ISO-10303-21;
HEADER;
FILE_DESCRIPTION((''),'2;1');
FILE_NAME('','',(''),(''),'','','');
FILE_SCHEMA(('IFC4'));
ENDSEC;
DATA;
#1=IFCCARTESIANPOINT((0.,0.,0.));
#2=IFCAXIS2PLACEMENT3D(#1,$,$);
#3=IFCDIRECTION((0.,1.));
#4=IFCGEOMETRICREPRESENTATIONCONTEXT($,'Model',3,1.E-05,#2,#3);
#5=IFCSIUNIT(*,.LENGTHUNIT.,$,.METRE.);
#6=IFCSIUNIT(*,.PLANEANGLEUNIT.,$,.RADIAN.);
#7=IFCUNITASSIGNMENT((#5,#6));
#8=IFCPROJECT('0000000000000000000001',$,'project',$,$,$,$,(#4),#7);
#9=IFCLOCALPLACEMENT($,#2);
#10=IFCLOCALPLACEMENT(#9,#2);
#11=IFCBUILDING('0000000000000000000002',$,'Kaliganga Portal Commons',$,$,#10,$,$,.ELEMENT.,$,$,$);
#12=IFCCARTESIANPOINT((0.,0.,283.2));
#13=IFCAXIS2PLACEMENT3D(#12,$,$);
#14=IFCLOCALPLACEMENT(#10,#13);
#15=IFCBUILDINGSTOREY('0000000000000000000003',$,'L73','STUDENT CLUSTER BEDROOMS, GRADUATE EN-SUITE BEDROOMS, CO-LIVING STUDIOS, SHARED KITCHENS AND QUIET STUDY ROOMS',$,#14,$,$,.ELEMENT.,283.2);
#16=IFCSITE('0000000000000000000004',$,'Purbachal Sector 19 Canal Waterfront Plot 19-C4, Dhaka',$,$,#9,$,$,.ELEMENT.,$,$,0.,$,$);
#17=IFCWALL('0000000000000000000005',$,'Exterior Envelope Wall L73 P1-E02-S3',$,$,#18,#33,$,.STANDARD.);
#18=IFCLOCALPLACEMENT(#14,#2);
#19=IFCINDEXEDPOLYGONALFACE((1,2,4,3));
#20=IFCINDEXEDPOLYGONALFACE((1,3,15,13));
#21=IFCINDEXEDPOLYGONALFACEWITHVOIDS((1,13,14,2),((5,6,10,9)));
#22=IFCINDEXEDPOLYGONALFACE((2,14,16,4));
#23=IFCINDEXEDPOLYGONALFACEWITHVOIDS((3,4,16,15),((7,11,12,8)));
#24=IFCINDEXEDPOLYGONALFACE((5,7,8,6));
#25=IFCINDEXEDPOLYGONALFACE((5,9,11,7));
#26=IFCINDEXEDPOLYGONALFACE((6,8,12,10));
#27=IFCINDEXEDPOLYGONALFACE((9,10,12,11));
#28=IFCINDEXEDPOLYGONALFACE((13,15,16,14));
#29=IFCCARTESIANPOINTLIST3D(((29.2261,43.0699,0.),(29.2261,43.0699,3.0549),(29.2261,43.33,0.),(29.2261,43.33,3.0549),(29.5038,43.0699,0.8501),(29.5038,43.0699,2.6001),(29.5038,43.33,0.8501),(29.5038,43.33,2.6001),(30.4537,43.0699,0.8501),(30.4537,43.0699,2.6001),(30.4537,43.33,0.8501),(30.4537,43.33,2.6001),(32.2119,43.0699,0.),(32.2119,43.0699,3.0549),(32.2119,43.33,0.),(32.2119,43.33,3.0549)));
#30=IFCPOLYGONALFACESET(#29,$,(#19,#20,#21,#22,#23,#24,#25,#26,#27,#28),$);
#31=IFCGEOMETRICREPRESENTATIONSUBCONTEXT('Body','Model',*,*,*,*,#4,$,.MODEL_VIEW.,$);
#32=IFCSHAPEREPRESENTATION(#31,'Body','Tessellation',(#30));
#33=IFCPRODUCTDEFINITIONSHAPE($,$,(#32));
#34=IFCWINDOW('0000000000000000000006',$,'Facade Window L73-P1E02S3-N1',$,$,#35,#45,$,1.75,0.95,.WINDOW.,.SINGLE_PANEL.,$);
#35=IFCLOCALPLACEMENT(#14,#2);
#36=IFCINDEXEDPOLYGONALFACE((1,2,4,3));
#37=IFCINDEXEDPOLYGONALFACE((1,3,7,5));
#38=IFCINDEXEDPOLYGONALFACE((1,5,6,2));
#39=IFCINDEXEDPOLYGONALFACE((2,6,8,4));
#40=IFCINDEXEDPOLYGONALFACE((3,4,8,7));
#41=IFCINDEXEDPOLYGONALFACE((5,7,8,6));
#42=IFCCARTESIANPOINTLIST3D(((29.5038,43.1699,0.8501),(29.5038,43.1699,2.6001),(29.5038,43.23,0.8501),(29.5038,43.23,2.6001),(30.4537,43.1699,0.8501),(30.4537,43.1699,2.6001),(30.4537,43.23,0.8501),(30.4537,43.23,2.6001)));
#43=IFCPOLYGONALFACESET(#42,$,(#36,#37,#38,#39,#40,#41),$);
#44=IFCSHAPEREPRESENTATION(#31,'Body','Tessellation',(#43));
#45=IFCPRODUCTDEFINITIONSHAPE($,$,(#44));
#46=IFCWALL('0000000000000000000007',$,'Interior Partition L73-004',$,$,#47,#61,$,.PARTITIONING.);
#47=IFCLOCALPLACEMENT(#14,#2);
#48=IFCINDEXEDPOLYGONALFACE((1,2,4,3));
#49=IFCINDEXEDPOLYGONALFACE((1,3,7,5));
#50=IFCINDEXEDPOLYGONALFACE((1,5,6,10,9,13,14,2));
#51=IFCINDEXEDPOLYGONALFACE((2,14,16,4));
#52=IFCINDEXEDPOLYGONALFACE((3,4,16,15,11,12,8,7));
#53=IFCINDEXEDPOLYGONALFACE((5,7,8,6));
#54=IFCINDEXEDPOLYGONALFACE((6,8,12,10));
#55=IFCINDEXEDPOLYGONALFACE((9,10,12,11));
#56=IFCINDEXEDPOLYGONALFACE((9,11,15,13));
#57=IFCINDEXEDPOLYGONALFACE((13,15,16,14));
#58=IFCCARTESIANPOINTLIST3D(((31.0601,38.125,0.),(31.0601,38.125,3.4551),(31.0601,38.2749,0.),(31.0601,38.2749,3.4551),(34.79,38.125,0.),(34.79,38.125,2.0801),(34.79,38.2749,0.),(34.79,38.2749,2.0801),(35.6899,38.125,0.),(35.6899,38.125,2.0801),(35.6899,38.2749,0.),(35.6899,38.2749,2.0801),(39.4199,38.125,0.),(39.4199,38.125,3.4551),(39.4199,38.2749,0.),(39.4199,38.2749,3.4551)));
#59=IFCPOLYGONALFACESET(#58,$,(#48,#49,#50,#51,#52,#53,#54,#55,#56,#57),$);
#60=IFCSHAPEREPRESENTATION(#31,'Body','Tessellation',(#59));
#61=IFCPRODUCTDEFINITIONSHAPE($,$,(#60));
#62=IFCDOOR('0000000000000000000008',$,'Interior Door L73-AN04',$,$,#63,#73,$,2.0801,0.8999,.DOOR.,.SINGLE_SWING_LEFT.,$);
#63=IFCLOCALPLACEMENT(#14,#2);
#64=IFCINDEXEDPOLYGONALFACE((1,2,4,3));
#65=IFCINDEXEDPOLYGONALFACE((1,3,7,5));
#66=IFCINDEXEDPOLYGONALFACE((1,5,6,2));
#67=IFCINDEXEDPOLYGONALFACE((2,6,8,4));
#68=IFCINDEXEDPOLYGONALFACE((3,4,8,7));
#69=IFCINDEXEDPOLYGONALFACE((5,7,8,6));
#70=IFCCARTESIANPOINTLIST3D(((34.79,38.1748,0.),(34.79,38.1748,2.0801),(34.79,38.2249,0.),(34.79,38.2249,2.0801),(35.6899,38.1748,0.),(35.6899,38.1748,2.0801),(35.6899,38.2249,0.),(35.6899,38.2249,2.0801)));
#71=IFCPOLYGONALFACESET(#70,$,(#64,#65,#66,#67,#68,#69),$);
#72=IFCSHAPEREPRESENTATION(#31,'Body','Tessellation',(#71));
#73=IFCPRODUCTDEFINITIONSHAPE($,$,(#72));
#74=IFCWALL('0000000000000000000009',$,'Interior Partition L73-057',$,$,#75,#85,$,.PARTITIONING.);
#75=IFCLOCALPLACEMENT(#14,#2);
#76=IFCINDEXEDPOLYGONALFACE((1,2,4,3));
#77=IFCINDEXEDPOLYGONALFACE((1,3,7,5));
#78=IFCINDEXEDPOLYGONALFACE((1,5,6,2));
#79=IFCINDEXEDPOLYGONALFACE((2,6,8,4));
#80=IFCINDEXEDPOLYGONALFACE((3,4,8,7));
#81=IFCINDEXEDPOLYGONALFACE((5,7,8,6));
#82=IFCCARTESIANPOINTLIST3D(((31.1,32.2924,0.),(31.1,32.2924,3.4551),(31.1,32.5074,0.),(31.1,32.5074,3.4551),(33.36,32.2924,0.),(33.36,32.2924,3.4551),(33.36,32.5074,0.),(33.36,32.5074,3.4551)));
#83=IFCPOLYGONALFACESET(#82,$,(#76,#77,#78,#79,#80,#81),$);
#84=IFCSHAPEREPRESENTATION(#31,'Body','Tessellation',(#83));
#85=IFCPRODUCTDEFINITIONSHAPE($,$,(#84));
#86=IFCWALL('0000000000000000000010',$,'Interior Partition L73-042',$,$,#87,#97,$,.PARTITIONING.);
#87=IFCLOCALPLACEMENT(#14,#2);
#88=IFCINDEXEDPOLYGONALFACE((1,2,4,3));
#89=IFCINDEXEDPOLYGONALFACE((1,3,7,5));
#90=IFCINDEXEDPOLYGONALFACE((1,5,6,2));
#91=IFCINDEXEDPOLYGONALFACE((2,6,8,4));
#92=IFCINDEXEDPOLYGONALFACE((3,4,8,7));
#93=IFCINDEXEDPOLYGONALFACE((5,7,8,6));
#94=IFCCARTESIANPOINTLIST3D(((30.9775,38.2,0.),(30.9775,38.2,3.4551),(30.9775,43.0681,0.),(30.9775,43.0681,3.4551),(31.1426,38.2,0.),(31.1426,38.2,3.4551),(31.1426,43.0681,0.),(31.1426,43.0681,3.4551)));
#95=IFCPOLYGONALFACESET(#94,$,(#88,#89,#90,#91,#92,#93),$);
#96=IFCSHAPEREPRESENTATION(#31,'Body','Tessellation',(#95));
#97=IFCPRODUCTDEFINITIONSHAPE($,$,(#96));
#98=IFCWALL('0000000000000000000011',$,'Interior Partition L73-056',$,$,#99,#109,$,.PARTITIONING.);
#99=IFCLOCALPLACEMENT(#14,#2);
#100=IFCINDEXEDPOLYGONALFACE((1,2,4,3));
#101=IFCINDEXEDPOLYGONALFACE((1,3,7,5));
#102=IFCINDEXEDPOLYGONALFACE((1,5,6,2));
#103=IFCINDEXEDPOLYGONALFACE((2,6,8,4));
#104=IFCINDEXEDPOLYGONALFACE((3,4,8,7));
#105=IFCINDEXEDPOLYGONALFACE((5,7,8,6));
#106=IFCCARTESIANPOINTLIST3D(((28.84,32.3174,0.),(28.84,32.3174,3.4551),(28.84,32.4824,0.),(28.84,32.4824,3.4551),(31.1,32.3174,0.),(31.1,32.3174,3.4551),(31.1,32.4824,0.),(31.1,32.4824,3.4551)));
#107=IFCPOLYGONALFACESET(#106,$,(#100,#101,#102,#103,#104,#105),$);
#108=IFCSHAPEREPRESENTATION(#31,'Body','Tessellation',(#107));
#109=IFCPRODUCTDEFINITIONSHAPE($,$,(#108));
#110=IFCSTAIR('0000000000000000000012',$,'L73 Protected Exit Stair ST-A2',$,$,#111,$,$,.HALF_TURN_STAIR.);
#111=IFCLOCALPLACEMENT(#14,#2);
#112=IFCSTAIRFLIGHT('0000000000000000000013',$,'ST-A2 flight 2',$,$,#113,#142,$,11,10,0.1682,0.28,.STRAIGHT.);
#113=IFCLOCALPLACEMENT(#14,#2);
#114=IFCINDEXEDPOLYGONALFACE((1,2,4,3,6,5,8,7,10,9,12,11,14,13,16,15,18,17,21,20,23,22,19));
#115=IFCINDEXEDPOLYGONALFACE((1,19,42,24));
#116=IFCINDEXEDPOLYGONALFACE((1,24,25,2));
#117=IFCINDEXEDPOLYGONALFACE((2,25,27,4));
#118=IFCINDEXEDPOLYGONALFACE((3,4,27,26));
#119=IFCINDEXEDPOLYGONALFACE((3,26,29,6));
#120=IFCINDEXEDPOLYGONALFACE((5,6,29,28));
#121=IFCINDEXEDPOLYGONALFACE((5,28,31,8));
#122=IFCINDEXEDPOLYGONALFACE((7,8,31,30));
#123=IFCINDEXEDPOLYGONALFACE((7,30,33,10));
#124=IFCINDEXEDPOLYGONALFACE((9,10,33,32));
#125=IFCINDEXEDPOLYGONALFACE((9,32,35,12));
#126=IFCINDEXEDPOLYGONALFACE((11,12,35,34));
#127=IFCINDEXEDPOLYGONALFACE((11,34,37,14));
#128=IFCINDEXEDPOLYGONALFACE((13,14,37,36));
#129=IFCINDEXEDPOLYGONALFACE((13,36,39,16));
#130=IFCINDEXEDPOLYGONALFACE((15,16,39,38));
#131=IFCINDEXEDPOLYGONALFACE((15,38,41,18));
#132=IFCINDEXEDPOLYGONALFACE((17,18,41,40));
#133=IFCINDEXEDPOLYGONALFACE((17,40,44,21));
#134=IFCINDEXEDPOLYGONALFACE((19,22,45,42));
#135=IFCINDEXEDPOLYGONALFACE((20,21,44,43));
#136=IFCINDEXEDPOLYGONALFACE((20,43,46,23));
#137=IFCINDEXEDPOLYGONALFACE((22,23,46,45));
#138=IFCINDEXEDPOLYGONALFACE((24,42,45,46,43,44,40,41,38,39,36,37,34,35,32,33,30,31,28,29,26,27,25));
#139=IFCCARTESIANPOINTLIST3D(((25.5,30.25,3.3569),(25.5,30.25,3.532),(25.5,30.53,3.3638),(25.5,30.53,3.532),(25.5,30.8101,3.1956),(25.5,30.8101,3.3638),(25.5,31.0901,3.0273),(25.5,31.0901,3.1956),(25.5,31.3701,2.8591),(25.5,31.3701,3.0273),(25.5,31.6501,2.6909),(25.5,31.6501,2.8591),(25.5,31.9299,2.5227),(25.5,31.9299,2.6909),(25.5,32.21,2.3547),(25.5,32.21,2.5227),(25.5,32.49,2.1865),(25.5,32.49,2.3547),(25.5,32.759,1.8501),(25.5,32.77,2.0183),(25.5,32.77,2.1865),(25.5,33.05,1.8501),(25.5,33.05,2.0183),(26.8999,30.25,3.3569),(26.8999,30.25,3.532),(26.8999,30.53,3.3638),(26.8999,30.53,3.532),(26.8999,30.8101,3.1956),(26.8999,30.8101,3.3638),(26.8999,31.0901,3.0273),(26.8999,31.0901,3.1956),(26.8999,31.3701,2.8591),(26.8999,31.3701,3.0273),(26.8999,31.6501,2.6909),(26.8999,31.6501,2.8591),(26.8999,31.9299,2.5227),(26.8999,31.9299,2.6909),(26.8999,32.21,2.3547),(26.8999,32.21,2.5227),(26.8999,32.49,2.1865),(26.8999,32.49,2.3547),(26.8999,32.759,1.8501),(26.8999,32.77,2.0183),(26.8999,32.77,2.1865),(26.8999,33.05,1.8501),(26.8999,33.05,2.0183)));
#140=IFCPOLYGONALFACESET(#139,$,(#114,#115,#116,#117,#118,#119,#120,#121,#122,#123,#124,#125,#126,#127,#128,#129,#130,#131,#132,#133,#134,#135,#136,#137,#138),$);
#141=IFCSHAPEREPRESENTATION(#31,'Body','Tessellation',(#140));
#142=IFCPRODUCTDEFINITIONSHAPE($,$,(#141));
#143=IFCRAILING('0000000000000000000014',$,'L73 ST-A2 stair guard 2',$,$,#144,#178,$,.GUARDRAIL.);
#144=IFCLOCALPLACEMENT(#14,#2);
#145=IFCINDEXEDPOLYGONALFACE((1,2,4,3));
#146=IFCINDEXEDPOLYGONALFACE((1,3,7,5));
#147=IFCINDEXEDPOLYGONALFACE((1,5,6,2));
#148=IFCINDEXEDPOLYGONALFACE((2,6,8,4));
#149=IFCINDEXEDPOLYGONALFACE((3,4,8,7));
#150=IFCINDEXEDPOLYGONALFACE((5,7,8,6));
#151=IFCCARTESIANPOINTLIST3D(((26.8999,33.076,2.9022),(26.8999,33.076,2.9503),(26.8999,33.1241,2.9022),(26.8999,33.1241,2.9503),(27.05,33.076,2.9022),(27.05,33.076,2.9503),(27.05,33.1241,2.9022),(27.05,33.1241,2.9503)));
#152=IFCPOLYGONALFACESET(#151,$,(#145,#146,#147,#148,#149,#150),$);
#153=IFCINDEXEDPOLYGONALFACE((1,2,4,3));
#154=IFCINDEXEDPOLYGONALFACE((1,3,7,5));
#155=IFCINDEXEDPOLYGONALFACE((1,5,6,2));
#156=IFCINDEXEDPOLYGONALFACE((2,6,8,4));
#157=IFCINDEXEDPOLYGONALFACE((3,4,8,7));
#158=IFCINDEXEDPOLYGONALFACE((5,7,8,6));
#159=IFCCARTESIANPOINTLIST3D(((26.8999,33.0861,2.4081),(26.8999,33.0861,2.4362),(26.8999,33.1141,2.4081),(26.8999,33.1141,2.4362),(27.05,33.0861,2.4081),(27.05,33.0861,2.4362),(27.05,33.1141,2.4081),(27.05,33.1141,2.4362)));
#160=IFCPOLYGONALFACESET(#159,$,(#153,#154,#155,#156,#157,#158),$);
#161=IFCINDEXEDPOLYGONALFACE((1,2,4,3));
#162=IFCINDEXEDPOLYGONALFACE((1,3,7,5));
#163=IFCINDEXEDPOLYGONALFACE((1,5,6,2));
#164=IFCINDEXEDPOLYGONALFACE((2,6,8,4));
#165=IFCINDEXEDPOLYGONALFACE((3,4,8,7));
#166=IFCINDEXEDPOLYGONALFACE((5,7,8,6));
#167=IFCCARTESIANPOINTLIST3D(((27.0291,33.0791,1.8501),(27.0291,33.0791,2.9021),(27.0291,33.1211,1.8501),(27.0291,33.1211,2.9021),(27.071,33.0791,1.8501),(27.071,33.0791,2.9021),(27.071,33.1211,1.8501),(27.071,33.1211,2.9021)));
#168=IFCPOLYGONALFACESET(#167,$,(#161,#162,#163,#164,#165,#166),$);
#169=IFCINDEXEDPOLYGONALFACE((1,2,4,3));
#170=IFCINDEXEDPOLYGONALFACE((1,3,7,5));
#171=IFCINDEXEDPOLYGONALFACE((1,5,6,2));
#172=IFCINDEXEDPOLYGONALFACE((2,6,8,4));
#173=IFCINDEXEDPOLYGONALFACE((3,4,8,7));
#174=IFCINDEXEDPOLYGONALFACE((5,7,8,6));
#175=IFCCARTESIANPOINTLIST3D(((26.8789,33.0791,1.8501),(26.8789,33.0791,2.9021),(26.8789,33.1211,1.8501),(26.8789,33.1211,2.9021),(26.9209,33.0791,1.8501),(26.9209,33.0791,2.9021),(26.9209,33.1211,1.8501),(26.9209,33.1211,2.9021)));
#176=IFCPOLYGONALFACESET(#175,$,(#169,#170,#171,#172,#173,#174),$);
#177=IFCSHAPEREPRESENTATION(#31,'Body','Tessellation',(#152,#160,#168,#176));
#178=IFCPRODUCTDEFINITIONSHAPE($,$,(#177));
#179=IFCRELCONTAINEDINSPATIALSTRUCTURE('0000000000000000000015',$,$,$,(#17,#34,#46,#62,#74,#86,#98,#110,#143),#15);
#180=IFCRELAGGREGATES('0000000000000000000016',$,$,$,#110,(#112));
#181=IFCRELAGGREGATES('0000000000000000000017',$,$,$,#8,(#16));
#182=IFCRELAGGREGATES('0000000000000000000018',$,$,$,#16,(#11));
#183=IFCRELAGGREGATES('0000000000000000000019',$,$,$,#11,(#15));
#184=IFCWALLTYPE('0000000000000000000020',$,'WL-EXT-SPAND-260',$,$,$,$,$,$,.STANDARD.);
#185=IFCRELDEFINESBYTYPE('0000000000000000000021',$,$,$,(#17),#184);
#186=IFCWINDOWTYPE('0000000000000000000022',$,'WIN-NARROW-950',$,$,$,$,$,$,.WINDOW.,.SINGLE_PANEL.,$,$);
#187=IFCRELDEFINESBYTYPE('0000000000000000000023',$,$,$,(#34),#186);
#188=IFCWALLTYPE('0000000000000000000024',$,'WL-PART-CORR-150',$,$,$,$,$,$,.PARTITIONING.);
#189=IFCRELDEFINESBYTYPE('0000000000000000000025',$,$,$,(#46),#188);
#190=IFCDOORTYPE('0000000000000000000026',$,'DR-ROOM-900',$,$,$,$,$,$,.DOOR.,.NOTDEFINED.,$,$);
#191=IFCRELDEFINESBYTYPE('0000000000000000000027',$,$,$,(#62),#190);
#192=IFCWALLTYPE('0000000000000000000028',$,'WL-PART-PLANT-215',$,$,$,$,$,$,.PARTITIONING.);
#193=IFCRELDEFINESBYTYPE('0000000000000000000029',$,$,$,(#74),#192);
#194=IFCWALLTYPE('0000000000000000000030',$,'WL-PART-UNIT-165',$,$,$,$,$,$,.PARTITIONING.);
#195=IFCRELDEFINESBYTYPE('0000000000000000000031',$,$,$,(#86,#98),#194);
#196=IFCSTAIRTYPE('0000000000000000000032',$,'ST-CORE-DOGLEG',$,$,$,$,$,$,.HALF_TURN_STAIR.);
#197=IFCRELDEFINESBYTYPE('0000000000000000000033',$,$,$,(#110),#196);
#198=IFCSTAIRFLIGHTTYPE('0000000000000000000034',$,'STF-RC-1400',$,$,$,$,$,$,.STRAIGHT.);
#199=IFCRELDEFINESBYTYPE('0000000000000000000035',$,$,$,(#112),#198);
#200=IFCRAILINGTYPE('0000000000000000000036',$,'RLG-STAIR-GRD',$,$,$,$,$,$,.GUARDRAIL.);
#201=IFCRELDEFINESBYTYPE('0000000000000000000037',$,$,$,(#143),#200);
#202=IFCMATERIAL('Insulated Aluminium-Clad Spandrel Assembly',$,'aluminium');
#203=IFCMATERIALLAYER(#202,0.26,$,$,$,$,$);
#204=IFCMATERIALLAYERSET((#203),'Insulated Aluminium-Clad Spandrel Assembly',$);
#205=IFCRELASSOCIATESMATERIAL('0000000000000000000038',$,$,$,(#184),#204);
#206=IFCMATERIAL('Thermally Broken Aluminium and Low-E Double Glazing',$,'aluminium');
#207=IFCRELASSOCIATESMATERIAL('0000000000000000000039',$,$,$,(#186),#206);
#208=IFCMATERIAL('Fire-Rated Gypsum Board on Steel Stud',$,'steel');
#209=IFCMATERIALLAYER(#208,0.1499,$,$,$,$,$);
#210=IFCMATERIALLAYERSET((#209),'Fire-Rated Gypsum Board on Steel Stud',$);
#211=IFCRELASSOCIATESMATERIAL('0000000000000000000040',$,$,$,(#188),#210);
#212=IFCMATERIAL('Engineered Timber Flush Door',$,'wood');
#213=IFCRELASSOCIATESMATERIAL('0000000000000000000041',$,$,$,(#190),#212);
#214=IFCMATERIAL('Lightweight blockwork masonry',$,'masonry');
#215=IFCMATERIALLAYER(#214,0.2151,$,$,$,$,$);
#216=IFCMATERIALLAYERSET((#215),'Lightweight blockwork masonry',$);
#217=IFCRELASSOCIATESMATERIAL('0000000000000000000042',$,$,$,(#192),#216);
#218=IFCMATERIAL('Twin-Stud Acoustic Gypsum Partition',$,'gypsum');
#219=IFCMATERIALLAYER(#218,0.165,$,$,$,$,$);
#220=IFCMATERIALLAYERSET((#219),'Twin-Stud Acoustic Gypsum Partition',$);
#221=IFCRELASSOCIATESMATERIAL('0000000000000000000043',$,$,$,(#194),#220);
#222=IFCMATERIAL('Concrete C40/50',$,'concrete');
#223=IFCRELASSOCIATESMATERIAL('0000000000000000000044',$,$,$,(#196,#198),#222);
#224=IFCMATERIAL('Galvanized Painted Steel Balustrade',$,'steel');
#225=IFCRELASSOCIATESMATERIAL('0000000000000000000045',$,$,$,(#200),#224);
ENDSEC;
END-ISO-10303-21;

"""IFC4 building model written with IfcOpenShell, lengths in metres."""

from ifc_helpers import new_model, si_unit, direction, frame, frame_2d, origin, origin_2d, place, context, subcontext, project, spatial, polyline, rectangle, outline, extrude, material, layer, layer_set, type_object, element, fill, aggregate, save


model = new_model("IFC4")

# Units and contexts
model_context = context("Model", 3, precision=1e-05, world=origin(), true_north=direction((0.0, 1.0)))
body_context = subcontext(model_context, "Body", "Model", "MODEL_VIEW")
ifc_project = project(units=[si_unit("LENGTHUNIT", "METRE"), si_unit("PLANEANGLEUNIT", "RADIAN")], contexts=[model_context])

# Site, building, storey
site_placement = place(None, origin())
site = spatial("IfcSite", under=ifc_project, at=site_placement, Name="Purbachal Sector 19 Canal Waterfront Plot 19-C4, Dhaka", CompositionType="ELEMENT", RefElevation=0.0)
building_placement = place(site_placement, origin())
building = spatial("IfcBuilding", under=site, at=building_placement, Name="Kaliganga Portal Commons", CompositionType="ELEMENT")
storey_placement = place(building_placement, frame((0.0, 0.0, 283.2)))
storey = spatial("IfcBuildingStorey", under=building, at=storey_placement, Name="L73", Description="STUDENT CLUSTER BEDROOMS, GRADUATE EN-SUITE BEDROOMS, CO-LIVING STUDIOS, SHARED KITCHENS AND QUIET STUDY ROOMS", CompositionType="ELEMENT", Elevation=283.2)

# Wall, opening, window
ifc_material_1 = material(Name="Insulated Aluminium-Clad Spandrel Assembly", Category="aluminium")
ifc_layer_1 = layer(ifc_material_1, 0.26)
ifc_layer_set_1 = layer_set([ifc_layer_1], Name="Insulated Aluminium-Clad Spandrel Assembly")
wall_type_1 = type_object("IfcWallType", Name="WL-EXT-SPAND-260", PredefinedType="STANDARD", material=ifc_layer_set_1)
wall_1_placement = place(storey_placement, frame((29.2261, 43.2, 0.0), z_axis=(0.0, 0.0, 1.0), x_axis=(1.0, 0.0, 0.0)))
wall_1 = element("IfcWall", 1, at=wall_1_placement, inside=storey, type_object=wall_type_1, Name="Exterior Envelope Wall L73 P1-E02-S3", PredefinedType="STANDARD", context=body_context, shape_type="SweptSolid", body=[
    extrude(rectangle(XDim=2.9858, YDim=0.26, at=frame_2d((1.4929, 0.0))), origin(), (0.0, 0.0, 1.0), 3.0549),
])
opening_1_placement = place(wall_1_placement, frame((0.2776, 0.0, 0.8501)))
opening_1 = element("IfcOpeningElement", 2, at=opening_1_placement, cuts=wall_1, PredefinedType="OPENING", context=body_context, shape_type="SweptSolid", body=[
    extrude(rectangle(XDim=0.95, YDim=1.75, at=frame_2d((0.4751, 0.875))), frame((0.0, 0.1401, 0.0), z_axis=(0.0, -1.0, 0.0), x_axis=(1.0, 0.0, 0.0)), (0.0, 0.0, 1.0), 0.28),
])
ifc_material_2 = material(Name="Thermally Broken Aluminium and Low-E Double Glazing", Category="aluminium")
window_type = type_object("IfcWindowType", Name="WIN-NARROW-950", PartitioningType="SINGLE_PANEL", PredefinedType="WINDOW", material=ifc_material_2)
window_placement = place(opening_1_placement, origin())
window = element("IfcWindow", 3, at=window_placement, inside=storey, type_object=window_type, Name="Facade Window L73-P1E02S3-N1", OverallHeight=1.75, OverallWidth=0.95, PartitioningType="SINGLE_PANEL", PredefinedType="WINDOW", context=body_context, shape_type="SweptSolid", body=[
    extrude(rectangle(XDim=0.95, YDim=1.75, at=frame_2d((0.4751, 0.875))), frame((0.0, 0.03, 0.0), z_axis=(0.0, -1.0, 0.0), x_axis=(1.0, 0.0, 0.0)), (0.0, 0.0, 1.0), 0.0601),
])
fill(opening_1, window)

# Wall, opening, door
ifc_material_3 = material(Name="Fire-Rated Gypsum Board on Steel Stud", Category="steel")
ifc_layer_2 = layer(ifc_material_3, 0.1499)
ifc_layer_set_2 = layer_set([ifc_layer_2], Name="Fire-Rated Gypsum Board on Steel Stud")
wall_type_2 = type_object("IfcWallType", Name="WL-PART-CORR-150", PredefinedType="PARTITIONING", material=ifc_layer_set_2)
wall_2_placement = place(storey_placement, frame((31.0601, 38.2, 0.0), z_axis=(0.0, 0.0, 1.0), x_axis=(1.0, 0.0, 0.0)))
wall_2 = element("IfcWall", 4, at=wall_2_placement, inside=storey, type_object=wall_type_2, Name="Interior Partition L73-004", PredefinedType="PARTITIONING", context=body_context, shape_type="SweptSolid", body=[
    extrude(rectangle(XDim=8.3599, YDim=0.1499, at=frame_2d((4.1799, 0.0))), origin(), (0.0, 0.0, 1.0), 3.4551),
])
opening_2_placement = place(wall_2_placement, frame((3.73, 0.0, 0.0)))
opening_2 = element("IfcOpeningElement", 5, at=opening_2_placement, cuts=wall_2, PredefinedType="OPENING", context=body_context, shape_type="SweptSolid", body=[
    extrude(rectangle(XDim=0.8999, YDim=2.0801, at=frame_2d((0.45, 1.04))), frame((0.0, 0.085, 0.0), z_axis=(0.0, -1.0, 0.0), x_axis=(1.0, 0.0, 0.0)), (0.0, 0.0, 1.0), 0.1699),
])
ifc_material_4 = material(Name="Engineered Timber Flush Door", Category="wood")
door_type_1 = type_object("IfcDoorType", Name="DR-ROOM-900", OperationType="NOTDEFINED", PredefinedType="DOOR", material=ifc_material_4)
door_1_placement = place(opening_2_placement, origin())
door_1 = element("IfcDoor", 6, at=door_1_placement, inside=storey, type_object=door_type_1, Name="Interior Door L73-AN04", OperationType="SINGLE_SWING_LEFT", OverallHeight=2.0801, OverallWidth=0.8999, PredefinedType="DOOR", context=body_context, shape_type="SweptSolid", body=[
    extrude(rectangle(XDim=0.8999, YDim=2.0801, at=frame_2d((0.45, 1.04))), frame((0.0, 0.0249, 0.0), z_axis=(0.0, -1.0, 0.0), x_axis=(1.0, 0.0, 0.0)), (0.0, 0.0, 1.0), 0.05),
])
fill(opening_2, door_1)

# Walls
ifc_material_5 = material(Name="Lightweight blockwork masonry", Category="masonry")
ifc_layer_3 = layer(ifc_material_5, 0.2151)
ifc_layer_set_3 = layer_set([ifc_layer_3], Name="Lightweight blockwork masonry")
wall_type_3 = type_object("IfcWallType", Name="WL-PART-PLANT-215", PredefinedType="PARTITIONING", material=ifc_layer_set_3)
wall_3_placement = place(storey_placement, frame((31.1001, 32.3999, 0.0), z_axis=(0.0, 0.0, 1.0), x_axis=(1.0, 0.0, 0.0)))
element("IfcWall", 7, at=wall_3_placement, inside=storey, type_object=wall_type_3, Name="Interior Partition L73-057", PredefinedType="PARTITIONING", context=body_context, shape_type="SweptSolid", body=[
    extrude(rectangle(XDim=2.26, YDim=0.2151, at=frame_2d((1.1299, 0.0))), origin(), (0.0, 0.0, 1.0), 3.4551),
])
ifc_material_6 = material(Name="Twin-Stud Acoustic Gypsum Partition", Category="gypsum")
ifc_layer_4 = layer(ifc_material_6, 0.165)
ifc_layer_set_4 = layer_set([ifc_layer_4], Name="Twin-Stud Acoustic Gypsum Partition")
wall_type_4 = type_object("IfcWallType", Name="WL-PART-UNIT-165", PredefinedType="PARTITIONING", material=ifc_layer_set_4)
wall_4_placement = place(storey_placement, frame((31.0601, 38.2, 0.0), z_axis=(0.0, 0.0, 1.0), x_axis=(0.0, 1.0, 0.0)))
element("IfcWall", 8, at=wall_4_placement, inside=storey, type_object=wall_type_4, Name="Interior Partition L73-042", PredefinedType="PARTITIONING", context=body_context, shape_type="SweptSolid", body=[
    extrude(rectangle(XDim=4.8682, YDim=0.165, at=frame_2d((2.4341, 0.0))), origin(), (0.0, 0.0, 1.0), 3.4551),
])
wall_5_placement = place(storey_placement, frame((28.8401, 32.3999, 0.0), z_axis=(0.0, 0.0, 1.0), x_axis=(1.0, 0.0, 0.0)))
element("IfcWall", 9, at=wall_5_placement, inside=storey, type_object=wall_type_4, Name="Interior Partition L73-056", PredefinedType="PARTITIONING", context=body_context, shape_type="SweptSolid", body=[
    extrude(rectangle(XDim=2.26, YDim=0.165, at=frame_2d((1.1299, 0.0))), origin(), (0.0, 0.0, 1.0), 3.4551),
])

# Stair, stair flight
ifc_material_7 = material(Name="Concrete C40/50", Category="concrete")
stair_type = type_object("IfcStairType", Name="ST-CORE-DOGLEG", PredefinedType="HALF_TURN_STAIR", material=ifc_material_7)
stair_placement = place(storey_placement, origin())
stair = element("IfcStair", 10, at=stair_placement, inside=storey, type_object=stair_type, Name="L73 Protected Exit Stair ST-A2", PredefinedType="HALF_TURN_STAIR")
stair_flight_type = type_object("IfcStairFlightType", Name="STF-RC-1400", PredefinedType="STRAIGHT", material=ifc_material_7)
stair_flight_placement = place(storey_placement, frame((26.2, 33.05, 1.8501), z_axis=(0.0, 0.0, 1.0), x_axis=(0.0, -1.0, 0.0)))
stair_flight = element("IfcStairFlight", 11, at=stair_flight_placement, type_object=stair_flight_type, Name="ST-A2 flight 2", NumberOfRisers=11, NumberOfTreads=10, PredefinedType="STRAIGHT", RiserHeight=0.1682, TreadLength=0.28, context=body_context, shape_type="SweptSolid", body=[
    extrude(outline(polyline([(0.0, 0.0), (0.0, 0.1682), (0.28, 0.1682), (0.28, 0.3364), (0.5601, 0.3364), (0.5601, 0.5046), (0.8401, 0.5046), (0.8401, 0.6726), (1.1201, 0.6726), (1.1201, 0.8408), (1.3999, 0.8408), (1.3999, 1.009), (1.6799, 1.009), (1.6799, 1.1772), (1.96, 1.1772), (1.96, 1.3455), (2.24, 1.3455), (2.24, 1.5137), (2.52, 1.5137), (2.52, 1.6819), (2.8, 1.6819), (2.8, 1.8501), (2.8, 1.5068), (0.291, 0.0), (0.0, 0.0)])), frame((0.0, 0.7, 0.0), z_axis=(0.0, -1.0, 0.0), x_axis=(1.0, 0.0, 0.0)), (0.0, 0.0, 1.0), 1.3999),
])
aggregate(stair, [stair_flight])

# Railing
ifc_material_8 = material(Name="Galvanized Painted Steel Balustrade", Category="steel")
railing_type_1 = type_object("IfcRailingType", Name="RLG-STAIR-GRD", PredefinedType="GUARDRAIL", material=ifc_material_8)
railing_1_placement = place(storey_placement, frame((27.05, 33.1001, 1.8501)))
element("IfcRailing", 12, at=railing_1_placement, inside=storey, type_object=railing_type_1, Name="L73 ST-A2 stair guard 2", PredefinedType="GUARDRAIL", context=body_context, shape_type="SweptSolid", body=[
    extrude(rectangle(XDim=0.0481, YDim=0.0481, at=origin_2d()), frame((0.0, 0.0, 1.0762), z_axis=(-1.0, 0.0, 0.0), x_axis=(0.0, -1.0, 0.0)), (0.0, 0.0, 1.0), 0.1501),
    extrude(rectangle(XDim=0.0281, YDim=0.0281, at=origin_2d()), frame((0.0, 0.0, 0.572), z_axis=(-1.0, 0.0, 0.0), x_axis=(0.0, -1.0, 0.0)), (0.0, 0.0, 1.0), 0.1501),
    extrude(rectangle(XDim=0.042, YDim=0.042, at=origin_2d()), origin(), (0.0, 0.0, 1.0), 1.052),
    extrude(rectangle(XDim=0.042, YDim=0.042, at=origin_2d()), frame((-0.1501, 0.0, 0.0)), (0.0, 0.0, 1.0), 1.052),
])

save(model, "model.ifc")
